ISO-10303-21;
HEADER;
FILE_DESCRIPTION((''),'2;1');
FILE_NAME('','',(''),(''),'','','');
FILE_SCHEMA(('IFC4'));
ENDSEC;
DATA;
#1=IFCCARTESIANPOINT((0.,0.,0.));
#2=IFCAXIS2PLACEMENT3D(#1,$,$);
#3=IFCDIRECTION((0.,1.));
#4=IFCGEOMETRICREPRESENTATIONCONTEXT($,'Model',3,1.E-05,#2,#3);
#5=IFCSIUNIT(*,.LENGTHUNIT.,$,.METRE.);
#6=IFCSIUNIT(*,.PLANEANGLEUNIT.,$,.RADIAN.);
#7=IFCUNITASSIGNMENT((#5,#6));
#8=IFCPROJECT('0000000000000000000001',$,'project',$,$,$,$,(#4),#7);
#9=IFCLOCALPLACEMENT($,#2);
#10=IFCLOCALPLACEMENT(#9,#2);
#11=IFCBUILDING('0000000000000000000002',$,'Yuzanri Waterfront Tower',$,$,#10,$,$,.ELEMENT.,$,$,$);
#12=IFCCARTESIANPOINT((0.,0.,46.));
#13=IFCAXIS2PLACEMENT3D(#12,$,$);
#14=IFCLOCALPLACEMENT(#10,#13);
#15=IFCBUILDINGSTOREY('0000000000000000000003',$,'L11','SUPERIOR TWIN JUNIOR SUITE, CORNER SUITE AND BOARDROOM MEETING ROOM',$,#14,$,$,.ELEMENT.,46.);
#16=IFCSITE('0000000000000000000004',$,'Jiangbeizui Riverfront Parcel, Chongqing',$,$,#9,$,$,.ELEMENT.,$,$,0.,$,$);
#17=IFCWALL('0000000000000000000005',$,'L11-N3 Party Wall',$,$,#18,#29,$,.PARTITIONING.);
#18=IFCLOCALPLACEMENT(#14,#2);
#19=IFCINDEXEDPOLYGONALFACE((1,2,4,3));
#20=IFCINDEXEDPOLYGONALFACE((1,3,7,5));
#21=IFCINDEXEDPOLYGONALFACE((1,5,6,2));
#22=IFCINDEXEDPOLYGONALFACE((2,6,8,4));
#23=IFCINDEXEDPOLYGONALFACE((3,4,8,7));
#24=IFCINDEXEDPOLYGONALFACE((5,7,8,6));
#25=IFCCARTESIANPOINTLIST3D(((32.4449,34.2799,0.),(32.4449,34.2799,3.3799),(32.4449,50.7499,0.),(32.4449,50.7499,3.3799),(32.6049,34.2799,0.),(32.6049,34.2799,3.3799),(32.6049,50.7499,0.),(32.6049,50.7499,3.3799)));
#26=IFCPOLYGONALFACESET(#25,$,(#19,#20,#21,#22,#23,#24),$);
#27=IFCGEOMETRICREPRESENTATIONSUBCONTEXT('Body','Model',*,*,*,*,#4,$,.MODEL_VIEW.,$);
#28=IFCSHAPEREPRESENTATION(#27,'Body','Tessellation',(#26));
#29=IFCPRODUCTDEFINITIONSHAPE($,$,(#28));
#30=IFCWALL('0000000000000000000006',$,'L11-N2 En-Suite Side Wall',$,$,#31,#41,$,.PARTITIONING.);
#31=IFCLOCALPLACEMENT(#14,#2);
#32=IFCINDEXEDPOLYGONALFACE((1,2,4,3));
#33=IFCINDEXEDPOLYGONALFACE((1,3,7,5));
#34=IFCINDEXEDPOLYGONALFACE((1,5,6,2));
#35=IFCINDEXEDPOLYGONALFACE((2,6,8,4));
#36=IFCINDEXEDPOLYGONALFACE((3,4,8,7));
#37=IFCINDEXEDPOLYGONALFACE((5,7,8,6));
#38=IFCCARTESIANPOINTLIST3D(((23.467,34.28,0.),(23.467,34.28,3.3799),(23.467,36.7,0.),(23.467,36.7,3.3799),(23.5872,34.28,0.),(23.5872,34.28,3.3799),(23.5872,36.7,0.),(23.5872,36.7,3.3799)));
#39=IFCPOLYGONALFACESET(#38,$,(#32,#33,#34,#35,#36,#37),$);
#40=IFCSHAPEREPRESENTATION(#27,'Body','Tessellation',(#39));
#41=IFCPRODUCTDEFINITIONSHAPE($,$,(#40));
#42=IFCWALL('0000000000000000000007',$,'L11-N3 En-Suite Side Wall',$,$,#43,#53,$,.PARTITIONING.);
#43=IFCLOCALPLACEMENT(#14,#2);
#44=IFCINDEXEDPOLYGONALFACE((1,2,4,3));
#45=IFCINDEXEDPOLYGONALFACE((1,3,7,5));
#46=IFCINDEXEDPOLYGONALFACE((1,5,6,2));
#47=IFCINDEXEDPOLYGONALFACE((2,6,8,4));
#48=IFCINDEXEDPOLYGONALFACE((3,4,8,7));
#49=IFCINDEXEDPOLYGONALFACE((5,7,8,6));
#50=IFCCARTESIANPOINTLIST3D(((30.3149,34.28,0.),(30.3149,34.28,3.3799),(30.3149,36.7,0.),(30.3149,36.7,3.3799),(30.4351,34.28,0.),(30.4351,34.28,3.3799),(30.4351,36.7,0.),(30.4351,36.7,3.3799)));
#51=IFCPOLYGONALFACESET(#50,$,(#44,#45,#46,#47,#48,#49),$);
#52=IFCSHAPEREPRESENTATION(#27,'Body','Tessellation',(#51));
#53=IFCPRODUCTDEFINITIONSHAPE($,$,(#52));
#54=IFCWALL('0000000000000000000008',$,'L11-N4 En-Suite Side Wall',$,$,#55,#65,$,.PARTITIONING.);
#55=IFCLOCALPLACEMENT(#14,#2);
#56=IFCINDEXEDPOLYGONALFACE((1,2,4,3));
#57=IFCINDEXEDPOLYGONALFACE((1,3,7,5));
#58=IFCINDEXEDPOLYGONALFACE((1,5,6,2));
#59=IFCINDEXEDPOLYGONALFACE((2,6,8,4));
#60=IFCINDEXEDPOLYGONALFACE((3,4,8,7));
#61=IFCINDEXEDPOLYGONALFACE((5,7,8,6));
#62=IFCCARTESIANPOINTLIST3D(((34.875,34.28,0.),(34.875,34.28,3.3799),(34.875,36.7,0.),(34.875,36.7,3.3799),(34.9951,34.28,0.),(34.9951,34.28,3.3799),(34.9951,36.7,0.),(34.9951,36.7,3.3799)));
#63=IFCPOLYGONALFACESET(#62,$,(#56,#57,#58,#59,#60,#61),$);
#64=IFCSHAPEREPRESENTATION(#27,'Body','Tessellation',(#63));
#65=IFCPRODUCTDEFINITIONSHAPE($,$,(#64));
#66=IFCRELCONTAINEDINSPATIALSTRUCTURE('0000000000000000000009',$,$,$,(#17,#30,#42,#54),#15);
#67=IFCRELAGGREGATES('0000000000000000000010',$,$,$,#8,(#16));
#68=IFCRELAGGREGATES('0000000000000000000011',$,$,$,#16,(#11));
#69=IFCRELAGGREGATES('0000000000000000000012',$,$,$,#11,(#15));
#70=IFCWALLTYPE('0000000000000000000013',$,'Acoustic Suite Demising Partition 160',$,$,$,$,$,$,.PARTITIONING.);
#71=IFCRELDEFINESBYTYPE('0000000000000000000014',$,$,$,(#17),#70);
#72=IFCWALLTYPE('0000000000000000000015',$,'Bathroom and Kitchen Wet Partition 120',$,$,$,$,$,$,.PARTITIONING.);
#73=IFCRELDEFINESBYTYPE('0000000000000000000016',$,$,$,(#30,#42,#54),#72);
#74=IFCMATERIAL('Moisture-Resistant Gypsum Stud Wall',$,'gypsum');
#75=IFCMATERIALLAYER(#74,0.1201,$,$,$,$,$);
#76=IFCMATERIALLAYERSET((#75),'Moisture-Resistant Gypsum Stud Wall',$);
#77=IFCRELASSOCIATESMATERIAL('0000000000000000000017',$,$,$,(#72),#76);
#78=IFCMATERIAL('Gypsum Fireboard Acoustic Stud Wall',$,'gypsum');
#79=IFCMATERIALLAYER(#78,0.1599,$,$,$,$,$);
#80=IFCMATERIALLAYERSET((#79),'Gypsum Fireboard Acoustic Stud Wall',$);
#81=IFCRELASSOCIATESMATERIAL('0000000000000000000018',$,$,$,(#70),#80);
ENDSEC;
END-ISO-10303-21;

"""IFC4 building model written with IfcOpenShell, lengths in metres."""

from ifc_helpers import new_model, si_unit, direction, frame, frame_2d, origin, place, context, subcontext, project, spatial, rectangle, extrude, source, transform, mapped, material, layer, layer_set, type_object, element, save


model = new_model("IFC4")

# Units and contexts
model_context = context("Model", 3, precision=1e-05, world=origin(), true_north=direction((0.0, 1.0)))
body_context = subcontext(model_context, "Body", "Model", "MODEL_VIEW")
ifc_project = project(units=[si_unit("LENGTHUNIT", "METRE"), si_unit("PLANEANGLEUNIT", "RADIAN")], contexts=[model_context])

# Site, building, storey
site_placement = place(None, origin())
site = spatial("IfcSite", under=ifc_project, at=site_placement, Name="Jiangbeizui Riverfront Parcel, Chongqing", CompositionType="ELEMENT", RefElevation=0.0)
building_placement = place(site_placement, origin())
building = spatial("IfcBuilding", under=site, at=building_placement, Name="Yuzanri Waterfront Tower", CompositionType="ELEMENT")
storey_placement = place(building_placement, frame((0.0, 0.0, 46.0)))
storey = spatial("IfcBuildingStorey", under=building, at=storey_placement, Name="L11", Description="SUPERIOR TWIN JUNIOR SUITE, CORNER SUITE AND BOARDROOM MEETING ROOM", CompositionType="ELEMENT", Elevation=46.0)

# Shared definitions
ifc_material_1 = material(Name="Moisture-Resistant Gypsum Stud Wall", Category="gypsum")
ifc_layer_1 = layer(ifc_material_1, 0.1201)
ifc_layer_set_1 = layer_set([ifc_layer_1], Name="Moisture-Resistant Gypsum Stud Wall")
wall_type_1 = type_object("IfcWallType", Name="Bathroom and Kitchen Wet Partition 120", PredefinedType="PARTITIONING", material=ifc_layer_set_1)

# Walls
ifc_material_2 = material(Name="Gypsum Fireboard Acoustic Stud Wall", Category="gypsum")
ifc_layer_2 = layer(ifc_material_2, 0.1599)
ifc_layer_set_2 = layer_set([ifc_layer_2], Name="Gypsum Fireboard Acoustic Stud Wall")
wall_type_2 = type_object("IfcWallType", Name="Acoustic Suite Demising Partition 160", PredefinedType="PARTITIONING", material=ifc_layer_set_2)
shared_shape_1 = source(origin(), body_context, "Body", "SweptSolid", [
    extrude(rectangle(XDim=16.47, YDim=0.1599, at=frame_2d((8.2349, 0.0))), origin(), (0.0, 0.0, 1.0), 3.3799),
])
for number, where, z_axis, x_axis, name in (
    (1, (32.5249, 34.28, 0.0), (0.0, 0.0, 1.0), (0.0, 1.0, 0.0), "L11-N3 Party Wall"),
):
    element("IfcWall", number, at=place(storey_placement, frame(where, z_axis=z_axis, x_axis=x_axis)), inside=storey, type_object=wall_type_2, Name=name, PredefinedType="PARTITIONING", context=body_context, shape_type="MappedRepresentation", body=[
        mapped(shared_shape_1, transform((0.0, 0.0, 0.0), scale=1.0)),
    ])
shared_shape_2 = source(origin(), body_context, "Body", "SweptSolid", [
    extrude(rectangle(XDim=2.4199, YDim=0.1201, at=frame_2d((1.21, 0.0))), origin(), (0.0, 0.0, 1.0), 3.3799),
])
for number, where, z_axis, x_axis, name in (
    (2, (23.5271, 34.28, 0.0), (0.0, 0.0, 1.0), (0.0, 1.0, 0.0), "L11-N2 En-Suite Side Wall"),
    (3, (30.375, 34.28, 0.0), (0.0, 0.0, 1.0), (0.0, 1.0, 0.0), "L11-N3 En-Suite Side Wall"),
    (4, (34.9351, 34.28, 0.0), (0.0, 0.0, 1.0), (0.0, 1.0, 0.0), "L11-N4 En-Suite Side Wall"),
):
    element("IfcWall", number, at=place(storey_placement, frame(where, z_axis=z_axis, x_axis=x_axis)), inside=storey, type_object=wall_type_1, Name=name, PredefinedType="PARTITIONING", context=body_context, shape_type="MappedRepresentation", body=[
        mapped(shared_shape_2, transform((0.0, 0.0, 0.0), scale=1.0)),
    ])

save(model, "model.ifc")
